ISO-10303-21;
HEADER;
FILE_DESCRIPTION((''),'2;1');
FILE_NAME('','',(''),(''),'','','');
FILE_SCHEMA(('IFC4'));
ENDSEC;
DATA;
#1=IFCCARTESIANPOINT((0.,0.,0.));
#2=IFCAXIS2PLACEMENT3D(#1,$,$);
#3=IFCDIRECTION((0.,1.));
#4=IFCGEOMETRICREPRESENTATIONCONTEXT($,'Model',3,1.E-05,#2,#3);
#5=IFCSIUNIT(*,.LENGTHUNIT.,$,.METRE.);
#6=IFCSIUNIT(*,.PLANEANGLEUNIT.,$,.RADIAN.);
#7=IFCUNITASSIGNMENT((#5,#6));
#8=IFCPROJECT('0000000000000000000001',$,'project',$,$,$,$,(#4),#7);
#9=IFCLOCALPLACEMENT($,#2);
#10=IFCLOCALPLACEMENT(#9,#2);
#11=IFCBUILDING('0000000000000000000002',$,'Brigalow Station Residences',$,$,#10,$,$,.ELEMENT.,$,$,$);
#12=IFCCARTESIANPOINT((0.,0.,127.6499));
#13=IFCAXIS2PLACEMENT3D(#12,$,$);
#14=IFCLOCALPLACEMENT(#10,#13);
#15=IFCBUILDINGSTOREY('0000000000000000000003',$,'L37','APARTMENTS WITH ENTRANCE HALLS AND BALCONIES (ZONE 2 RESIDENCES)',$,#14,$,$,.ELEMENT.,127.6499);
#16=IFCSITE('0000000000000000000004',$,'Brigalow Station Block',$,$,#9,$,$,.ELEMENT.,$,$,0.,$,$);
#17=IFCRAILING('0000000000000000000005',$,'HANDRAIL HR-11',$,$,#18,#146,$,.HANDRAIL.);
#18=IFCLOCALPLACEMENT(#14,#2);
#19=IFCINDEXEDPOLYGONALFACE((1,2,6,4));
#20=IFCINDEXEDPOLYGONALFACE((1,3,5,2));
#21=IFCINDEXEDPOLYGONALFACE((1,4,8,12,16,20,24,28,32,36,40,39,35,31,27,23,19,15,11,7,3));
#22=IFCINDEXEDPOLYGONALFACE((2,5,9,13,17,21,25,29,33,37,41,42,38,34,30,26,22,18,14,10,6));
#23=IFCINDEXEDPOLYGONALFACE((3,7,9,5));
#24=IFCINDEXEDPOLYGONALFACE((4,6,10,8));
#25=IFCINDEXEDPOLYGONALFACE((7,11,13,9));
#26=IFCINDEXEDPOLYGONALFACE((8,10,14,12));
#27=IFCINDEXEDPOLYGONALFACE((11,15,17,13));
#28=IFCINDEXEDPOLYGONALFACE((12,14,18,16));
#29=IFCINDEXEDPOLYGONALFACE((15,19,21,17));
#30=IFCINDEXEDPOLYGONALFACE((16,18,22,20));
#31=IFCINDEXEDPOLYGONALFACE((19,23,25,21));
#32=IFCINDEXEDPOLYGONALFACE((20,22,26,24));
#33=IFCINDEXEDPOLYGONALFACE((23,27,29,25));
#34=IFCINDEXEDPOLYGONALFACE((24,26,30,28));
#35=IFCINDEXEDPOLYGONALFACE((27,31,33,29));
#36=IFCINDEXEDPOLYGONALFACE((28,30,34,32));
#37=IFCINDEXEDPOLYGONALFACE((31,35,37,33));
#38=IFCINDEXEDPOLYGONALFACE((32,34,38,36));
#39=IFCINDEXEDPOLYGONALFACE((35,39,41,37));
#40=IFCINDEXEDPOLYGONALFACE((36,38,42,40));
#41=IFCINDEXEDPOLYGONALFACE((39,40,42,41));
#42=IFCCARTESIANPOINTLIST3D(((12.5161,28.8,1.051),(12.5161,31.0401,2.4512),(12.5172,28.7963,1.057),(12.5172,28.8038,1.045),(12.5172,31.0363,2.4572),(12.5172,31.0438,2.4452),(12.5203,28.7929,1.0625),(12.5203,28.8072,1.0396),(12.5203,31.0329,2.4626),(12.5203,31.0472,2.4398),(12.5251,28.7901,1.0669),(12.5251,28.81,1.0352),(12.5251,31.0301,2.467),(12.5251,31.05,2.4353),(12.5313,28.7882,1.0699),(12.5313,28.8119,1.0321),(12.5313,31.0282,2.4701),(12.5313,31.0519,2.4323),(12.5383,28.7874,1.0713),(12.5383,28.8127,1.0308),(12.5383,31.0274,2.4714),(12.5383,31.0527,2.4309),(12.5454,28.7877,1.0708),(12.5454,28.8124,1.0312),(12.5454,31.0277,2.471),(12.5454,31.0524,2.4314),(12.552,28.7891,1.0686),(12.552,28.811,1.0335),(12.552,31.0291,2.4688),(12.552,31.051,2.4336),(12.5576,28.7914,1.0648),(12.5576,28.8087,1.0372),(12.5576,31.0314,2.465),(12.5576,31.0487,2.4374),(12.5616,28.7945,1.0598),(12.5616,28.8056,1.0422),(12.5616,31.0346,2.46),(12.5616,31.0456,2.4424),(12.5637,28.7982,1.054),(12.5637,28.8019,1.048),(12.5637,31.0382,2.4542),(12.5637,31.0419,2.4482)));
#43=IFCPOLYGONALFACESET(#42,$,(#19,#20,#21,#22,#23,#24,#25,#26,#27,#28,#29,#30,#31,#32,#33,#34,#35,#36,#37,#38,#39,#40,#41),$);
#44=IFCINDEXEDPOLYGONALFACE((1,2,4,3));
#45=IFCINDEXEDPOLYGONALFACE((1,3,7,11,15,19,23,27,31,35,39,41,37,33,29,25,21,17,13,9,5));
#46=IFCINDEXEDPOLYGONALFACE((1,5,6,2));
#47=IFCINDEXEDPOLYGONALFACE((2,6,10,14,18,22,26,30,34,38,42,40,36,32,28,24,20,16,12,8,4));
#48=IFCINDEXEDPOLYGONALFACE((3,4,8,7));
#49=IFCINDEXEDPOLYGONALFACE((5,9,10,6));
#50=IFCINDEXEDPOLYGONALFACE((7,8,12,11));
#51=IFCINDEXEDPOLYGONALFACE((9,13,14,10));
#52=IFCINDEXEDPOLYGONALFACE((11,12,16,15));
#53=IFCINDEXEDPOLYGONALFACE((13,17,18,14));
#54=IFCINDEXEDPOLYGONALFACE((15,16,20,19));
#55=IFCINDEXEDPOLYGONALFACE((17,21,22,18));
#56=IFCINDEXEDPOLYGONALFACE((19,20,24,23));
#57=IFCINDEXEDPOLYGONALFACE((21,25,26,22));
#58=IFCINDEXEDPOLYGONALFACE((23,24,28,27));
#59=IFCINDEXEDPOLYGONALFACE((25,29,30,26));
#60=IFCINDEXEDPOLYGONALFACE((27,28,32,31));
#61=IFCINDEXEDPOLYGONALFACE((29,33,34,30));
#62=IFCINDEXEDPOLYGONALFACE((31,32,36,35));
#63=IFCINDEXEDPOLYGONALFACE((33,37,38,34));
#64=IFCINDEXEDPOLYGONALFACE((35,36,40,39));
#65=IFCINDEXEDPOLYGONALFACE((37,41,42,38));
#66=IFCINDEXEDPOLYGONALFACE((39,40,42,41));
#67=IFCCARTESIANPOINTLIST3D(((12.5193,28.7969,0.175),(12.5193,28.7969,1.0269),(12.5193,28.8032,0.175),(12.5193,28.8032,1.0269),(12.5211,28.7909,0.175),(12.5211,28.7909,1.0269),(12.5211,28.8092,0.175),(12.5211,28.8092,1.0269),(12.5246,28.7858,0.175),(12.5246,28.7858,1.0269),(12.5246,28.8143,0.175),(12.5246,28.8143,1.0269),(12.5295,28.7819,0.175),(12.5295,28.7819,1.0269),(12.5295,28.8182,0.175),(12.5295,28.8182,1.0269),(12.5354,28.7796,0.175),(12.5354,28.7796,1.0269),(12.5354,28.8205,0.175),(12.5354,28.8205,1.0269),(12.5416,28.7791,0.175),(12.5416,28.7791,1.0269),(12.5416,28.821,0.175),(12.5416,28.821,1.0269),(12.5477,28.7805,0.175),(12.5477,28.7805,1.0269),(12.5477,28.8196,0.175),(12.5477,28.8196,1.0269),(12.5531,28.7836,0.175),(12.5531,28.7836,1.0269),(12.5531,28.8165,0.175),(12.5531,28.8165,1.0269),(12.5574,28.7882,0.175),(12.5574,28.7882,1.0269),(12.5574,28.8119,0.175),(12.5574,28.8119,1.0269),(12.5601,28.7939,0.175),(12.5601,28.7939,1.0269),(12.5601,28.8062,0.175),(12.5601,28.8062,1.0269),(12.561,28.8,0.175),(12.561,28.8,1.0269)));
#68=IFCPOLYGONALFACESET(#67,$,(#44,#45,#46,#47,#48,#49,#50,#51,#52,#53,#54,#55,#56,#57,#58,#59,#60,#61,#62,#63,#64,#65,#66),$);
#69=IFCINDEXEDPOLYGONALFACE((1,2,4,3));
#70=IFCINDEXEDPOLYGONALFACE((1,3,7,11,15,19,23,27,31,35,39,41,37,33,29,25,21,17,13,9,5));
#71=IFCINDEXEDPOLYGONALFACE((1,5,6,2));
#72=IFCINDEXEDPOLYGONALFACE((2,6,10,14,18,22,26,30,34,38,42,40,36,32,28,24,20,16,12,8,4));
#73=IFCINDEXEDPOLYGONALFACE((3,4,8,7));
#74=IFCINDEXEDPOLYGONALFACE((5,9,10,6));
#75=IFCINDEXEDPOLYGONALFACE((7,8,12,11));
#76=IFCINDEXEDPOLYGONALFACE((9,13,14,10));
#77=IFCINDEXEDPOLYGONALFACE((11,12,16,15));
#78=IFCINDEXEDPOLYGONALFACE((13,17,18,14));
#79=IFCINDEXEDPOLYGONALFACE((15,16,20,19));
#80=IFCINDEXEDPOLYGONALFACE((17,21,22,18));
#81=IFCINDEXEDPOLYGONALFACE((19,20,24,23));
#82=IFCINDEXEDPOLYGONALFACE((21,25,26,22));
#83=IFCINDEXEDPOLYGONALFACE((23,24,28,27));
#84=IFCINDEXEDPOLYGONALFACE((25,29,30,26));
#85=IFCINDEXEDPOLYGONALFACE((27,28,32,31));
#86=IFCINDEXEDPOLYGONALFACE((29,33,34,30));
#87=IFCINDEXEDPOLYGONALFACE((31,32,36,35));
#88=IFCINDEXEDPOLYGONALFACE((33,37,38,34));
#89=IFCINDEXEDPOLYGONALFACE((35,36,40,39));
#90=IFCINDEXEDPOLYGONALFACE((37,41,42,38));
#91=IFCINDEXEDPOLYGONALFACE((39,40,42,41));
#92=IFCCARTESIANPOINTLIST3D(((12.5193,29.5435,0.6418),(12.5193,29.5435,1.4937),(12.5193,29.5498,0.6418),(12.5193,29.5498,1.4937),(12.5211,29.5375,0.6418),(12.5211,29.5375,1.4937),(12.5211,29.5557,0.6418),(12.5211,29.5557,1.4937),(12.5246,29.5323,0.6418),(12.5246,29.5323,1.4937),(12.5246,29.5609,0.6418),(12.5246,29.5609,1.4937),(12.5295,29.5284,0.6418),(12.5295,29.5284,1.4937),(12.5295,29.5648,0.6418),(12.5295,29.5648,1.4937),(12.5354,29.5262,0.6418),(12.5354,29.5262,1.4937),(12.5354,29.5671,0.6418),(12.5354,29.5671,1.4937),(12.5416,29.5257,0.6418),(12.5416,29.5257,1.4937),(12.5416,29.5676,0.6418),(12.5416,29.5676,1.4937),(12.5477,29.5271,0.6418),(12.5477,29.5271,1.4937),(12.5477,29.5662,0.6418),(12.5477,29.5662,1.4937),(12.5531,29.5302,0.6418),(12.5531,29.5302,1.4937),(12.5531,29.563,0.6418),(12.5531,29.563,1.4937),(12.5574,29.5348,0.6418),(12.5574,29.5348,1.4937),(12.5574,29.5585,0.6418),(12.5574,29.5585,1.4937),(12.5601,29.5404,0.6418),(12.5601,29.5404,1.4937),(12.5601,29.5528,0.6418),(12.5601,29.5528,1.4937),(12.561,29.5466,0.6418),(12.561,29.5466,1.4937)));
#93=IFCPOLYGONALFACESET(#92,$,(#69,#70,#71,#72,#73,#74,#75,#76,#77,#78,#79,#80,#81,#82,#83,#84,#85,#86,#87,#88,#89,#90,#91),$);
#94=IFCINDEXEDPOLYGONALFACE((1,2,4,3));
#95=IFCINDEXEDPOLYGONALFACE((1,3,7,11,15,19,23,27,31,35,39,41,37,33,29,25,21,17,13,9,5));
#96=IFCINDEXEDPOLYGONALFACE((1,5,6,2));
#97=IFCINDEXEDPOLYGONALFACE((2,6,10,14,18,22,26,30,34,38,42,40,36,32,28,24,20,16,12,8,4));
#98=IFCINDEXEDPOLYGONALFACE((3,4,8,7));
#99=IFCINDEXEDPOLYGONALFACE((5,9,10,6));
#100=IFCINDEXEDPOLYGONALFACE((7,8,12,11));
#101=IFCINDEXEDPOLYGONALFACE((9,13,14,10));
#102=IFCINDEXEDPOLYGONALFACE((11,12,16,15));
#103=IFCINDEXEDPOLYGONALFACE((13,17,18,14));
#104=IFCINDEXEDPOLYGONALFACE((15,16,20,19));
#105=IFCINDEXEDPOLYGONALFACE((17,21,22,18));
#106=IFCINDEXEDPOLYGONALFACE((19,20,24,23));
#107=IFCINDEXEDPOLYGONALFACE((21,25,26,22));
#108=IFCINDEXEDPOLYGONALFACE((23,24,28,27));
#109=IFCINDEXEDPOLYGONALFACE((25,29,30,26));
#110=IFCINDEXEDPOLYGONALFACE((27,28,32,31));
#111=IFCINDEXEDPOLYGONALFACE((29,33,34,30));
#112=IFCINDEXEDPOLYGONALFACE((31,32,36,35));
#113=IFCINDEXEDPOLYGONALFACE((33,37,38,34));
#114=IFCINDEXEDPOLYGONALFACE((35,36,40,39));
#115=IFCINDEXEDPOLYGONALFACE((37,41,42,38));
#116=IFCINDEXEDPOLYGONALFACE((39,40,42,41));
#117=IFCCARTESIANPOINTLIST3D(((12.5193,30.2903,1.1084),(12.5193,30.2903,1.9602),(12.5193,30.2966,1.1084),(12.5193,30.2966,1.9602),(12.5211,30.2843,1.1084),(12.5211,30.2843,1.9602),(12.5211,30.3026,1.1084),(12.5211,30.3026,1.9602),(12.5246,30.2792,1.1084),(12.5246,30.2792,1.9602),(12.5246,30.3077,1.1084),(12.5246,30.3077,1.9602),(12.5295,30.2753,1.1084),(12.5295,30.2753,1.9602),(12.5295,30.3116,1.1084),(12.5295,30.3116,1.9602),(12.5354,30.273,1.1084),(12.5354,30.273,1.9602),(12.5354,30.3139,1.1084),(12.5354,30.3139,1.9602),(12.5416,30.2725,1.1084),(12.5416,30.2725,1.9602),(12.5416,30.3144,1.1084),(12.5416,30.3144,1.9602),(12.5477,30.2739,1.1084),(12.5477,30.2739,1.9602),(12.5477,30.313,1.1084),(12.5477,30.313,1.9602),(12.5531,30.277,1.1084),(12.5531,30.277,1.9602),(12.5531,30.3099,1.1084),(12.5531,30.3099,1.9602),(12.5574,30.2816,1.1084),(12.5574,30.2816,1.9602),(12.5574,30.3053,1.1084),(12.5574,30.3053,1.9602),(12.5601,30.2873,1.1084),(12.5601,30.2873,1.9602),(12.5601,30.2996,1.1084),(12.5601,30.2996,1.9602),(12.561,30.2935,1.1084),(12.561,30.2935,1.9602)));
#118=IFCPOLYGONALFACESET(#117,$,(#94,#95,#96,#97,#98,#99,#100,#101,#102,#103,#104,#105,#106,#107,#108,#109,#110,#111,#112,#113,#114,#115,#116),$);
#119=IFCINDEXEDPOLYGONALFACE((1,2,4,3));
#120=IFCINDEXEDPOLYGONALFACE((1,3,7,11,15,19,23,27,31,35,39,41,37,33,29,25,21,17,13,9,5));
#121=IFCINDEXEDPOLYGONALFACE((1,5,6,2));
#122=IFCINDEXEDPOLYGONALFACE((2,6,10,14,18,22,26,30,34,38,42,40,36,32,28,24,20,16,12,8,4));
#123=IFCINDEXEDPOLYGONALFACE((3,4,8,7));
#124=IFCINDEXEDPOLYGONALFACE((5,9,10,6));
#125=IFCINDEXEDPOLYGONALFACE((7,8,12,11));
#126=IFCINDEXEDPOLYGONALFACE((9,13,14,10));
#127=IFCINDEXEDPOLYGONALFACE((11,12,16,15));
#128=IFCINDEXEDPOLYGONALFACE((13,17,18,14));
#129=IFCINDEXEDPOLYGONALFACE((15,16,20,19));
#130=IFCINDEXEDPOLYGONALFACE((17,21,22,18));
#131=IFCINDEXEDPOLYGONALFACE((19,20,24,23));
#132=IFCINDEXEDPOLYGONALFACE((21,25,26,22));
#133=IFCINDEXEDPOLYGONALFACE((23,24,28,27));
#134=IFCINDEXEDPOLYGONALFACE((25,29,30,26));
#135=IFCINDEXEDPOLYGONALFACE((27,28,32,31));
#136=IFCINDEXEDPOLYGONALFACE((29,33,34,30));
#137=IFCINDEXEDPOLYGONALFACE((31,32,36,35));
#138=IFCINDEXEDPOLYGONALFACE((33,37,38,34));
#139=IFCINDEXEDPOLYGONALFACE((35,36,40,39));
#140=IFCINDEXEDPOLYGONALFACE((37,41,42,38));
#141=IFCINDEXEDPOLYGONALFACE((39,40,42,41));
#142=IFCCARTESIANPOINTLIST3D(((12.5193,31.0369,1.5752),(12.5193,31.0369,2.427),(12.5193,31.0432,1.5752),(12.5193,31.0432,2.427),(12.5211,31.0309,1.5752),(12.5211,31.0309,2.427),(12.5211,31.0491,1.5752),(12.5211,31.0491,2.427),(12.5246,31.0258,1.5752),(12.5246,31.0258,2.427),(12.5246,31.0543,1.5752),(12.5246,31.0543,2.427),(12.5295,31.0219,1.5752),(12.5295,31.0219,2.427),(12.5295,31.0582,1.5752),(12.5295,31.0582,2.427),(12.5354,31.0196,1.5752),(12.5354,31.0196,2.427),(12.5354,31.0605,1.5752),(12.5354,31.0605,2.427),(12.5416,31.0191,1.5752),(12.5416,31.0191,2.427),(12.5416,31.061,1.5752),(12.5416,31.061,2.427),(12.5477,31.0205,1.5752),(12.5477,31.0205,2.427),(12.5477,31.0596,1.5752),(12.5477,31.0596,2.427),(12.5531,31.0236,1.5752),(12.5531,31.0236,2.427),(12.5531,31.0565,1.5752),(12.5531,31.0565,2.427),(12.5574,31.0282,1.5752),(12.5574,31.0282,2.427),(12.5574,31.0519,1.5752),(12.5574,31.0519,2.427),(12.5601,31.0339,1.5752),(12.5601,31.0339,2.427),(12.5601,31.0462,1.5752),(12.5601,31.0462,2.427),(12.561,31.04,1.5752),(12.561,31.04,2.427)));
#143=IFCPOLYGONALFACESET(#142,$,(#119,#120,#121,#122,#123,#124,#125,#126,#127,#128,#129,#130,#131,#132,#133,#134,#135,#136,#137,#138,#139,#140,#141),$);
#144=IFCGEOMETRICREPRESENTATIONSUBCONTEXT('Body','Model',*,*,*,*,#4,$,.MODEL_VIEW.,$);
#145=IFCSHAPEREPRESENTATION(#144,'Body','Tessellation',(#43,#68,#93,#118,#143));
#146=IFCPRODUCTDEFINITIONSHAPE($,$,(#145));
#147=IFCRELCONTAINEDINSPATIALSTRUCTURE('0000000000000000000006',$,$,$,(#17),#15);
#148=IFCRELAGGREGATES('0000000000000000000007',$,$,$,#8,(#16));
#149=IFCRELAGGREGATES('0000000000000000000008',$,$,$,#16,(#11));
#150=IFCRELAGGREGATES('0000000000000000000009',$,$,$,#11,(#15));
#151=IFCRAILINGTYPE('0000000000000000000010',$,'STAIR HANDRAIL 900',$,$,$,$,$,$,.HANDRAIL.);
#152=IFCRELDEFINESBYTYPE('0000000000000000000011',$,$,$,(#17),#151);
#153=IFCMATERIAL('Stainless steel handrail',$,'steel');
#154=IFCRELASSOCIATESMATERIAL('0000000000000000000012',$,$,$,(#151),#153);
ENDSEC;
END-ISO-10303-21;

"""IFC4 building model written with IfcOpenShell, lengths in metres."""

from ifc_helpers import new_model, si_unit, direction, frame, origin, origin_2d, place, context, subcontext, project, spatial, circle, extrude, material, type_object, element, save


model = new_model("IFC4")

# Units and contexts
model_context = context("Model", 3, precision=1e-05, world=origin(), true_north=direction((0.0, 1.0)))
body_context = subcontext(model_context, "Body", "Model", "MODEL_VIEW")
ifc_project = project(units=[si_unit("LENGTHUNIT", "METRE"), si_unit("PLANEANGLEUNIT", "RADIAN")], contexts=[model_context])

# Site, building, storey
site_placement = place(None, origin())
site = spatial("IfcSite", under=ifc_project, at=site_placement, Name="Brigalow Station Block", CompositionType="ELEMENT", RefElevation=0.0)
building_placement = place(site_placement, origin())
building = spatial("IfcBuilding", under=site, at=building_placement, Name="Brigalow Station Residences", CompositionType="ELEMENT")
storey_placement = place(building_placement, frame((0.0, 0.0, 127.6499)))
storey = spatial("IfcBuildingStorey", under=building, at=storey_placement, Name="L37", Description="APARTMENTS WITH ENTRANCE HALLS AND BALCONIES (ZONE 2 RESIDENCES)", CompositionType="ELEMENT", Elevation=127.6499)

# Railing
ifc_material_1 = material(Name="Stainless steel handrail", Category="steel")
railing_type_1 = type_object("IfcRailingType", Name="STAIR HANDRAIL 900", PredefinedType="HANDRAIL", material=ifc_material_1)
railing_1_placement = place(storey_placement, frame((12.54, 28.8, 0.175)))
element("IfcRailing", 1, at=railing_1_placement, inside=storey, type_object=railing_type_1, Name="HANDRAIL HR-11", PredefinedType="HANDRAIL", context=body_context, shape_type="SweptSolid", body=[
    extrude(circle(Radius=0.0239, at=origin_2d()), frame((0.0, 0.0, 0.876), z_axis=(0.0, 0.847972, 0.53004), x_axis=(-1.0, 0.0, 0.0)), (0.0, 0.0, 1.0), 2.6416),
    extrude(circle(Radius=0.021, at=origin_2d()), origin(), (0.0, 0.0, 1.0), 0.8518),
    extrude(circle(Radius=0.021, at=origin_2d()), frame((0.0, 0.7466, 0.4668)), (0.0, 0.0, 1.0), 0.8518),
    extrude(circle(Radius=0.021, at=origin_2d()), frame((0.0, 1.4934, 0.9333)), (0.0, 0.0, 1.0), 0.8518),
    extrude(circle(Radius=0.021, at=origin_2d()), frame((0.0, 2.24, 1.4001)), (0.0, 0.0, 1.0), 0.8518),
])

save(model, "model.ifc")
